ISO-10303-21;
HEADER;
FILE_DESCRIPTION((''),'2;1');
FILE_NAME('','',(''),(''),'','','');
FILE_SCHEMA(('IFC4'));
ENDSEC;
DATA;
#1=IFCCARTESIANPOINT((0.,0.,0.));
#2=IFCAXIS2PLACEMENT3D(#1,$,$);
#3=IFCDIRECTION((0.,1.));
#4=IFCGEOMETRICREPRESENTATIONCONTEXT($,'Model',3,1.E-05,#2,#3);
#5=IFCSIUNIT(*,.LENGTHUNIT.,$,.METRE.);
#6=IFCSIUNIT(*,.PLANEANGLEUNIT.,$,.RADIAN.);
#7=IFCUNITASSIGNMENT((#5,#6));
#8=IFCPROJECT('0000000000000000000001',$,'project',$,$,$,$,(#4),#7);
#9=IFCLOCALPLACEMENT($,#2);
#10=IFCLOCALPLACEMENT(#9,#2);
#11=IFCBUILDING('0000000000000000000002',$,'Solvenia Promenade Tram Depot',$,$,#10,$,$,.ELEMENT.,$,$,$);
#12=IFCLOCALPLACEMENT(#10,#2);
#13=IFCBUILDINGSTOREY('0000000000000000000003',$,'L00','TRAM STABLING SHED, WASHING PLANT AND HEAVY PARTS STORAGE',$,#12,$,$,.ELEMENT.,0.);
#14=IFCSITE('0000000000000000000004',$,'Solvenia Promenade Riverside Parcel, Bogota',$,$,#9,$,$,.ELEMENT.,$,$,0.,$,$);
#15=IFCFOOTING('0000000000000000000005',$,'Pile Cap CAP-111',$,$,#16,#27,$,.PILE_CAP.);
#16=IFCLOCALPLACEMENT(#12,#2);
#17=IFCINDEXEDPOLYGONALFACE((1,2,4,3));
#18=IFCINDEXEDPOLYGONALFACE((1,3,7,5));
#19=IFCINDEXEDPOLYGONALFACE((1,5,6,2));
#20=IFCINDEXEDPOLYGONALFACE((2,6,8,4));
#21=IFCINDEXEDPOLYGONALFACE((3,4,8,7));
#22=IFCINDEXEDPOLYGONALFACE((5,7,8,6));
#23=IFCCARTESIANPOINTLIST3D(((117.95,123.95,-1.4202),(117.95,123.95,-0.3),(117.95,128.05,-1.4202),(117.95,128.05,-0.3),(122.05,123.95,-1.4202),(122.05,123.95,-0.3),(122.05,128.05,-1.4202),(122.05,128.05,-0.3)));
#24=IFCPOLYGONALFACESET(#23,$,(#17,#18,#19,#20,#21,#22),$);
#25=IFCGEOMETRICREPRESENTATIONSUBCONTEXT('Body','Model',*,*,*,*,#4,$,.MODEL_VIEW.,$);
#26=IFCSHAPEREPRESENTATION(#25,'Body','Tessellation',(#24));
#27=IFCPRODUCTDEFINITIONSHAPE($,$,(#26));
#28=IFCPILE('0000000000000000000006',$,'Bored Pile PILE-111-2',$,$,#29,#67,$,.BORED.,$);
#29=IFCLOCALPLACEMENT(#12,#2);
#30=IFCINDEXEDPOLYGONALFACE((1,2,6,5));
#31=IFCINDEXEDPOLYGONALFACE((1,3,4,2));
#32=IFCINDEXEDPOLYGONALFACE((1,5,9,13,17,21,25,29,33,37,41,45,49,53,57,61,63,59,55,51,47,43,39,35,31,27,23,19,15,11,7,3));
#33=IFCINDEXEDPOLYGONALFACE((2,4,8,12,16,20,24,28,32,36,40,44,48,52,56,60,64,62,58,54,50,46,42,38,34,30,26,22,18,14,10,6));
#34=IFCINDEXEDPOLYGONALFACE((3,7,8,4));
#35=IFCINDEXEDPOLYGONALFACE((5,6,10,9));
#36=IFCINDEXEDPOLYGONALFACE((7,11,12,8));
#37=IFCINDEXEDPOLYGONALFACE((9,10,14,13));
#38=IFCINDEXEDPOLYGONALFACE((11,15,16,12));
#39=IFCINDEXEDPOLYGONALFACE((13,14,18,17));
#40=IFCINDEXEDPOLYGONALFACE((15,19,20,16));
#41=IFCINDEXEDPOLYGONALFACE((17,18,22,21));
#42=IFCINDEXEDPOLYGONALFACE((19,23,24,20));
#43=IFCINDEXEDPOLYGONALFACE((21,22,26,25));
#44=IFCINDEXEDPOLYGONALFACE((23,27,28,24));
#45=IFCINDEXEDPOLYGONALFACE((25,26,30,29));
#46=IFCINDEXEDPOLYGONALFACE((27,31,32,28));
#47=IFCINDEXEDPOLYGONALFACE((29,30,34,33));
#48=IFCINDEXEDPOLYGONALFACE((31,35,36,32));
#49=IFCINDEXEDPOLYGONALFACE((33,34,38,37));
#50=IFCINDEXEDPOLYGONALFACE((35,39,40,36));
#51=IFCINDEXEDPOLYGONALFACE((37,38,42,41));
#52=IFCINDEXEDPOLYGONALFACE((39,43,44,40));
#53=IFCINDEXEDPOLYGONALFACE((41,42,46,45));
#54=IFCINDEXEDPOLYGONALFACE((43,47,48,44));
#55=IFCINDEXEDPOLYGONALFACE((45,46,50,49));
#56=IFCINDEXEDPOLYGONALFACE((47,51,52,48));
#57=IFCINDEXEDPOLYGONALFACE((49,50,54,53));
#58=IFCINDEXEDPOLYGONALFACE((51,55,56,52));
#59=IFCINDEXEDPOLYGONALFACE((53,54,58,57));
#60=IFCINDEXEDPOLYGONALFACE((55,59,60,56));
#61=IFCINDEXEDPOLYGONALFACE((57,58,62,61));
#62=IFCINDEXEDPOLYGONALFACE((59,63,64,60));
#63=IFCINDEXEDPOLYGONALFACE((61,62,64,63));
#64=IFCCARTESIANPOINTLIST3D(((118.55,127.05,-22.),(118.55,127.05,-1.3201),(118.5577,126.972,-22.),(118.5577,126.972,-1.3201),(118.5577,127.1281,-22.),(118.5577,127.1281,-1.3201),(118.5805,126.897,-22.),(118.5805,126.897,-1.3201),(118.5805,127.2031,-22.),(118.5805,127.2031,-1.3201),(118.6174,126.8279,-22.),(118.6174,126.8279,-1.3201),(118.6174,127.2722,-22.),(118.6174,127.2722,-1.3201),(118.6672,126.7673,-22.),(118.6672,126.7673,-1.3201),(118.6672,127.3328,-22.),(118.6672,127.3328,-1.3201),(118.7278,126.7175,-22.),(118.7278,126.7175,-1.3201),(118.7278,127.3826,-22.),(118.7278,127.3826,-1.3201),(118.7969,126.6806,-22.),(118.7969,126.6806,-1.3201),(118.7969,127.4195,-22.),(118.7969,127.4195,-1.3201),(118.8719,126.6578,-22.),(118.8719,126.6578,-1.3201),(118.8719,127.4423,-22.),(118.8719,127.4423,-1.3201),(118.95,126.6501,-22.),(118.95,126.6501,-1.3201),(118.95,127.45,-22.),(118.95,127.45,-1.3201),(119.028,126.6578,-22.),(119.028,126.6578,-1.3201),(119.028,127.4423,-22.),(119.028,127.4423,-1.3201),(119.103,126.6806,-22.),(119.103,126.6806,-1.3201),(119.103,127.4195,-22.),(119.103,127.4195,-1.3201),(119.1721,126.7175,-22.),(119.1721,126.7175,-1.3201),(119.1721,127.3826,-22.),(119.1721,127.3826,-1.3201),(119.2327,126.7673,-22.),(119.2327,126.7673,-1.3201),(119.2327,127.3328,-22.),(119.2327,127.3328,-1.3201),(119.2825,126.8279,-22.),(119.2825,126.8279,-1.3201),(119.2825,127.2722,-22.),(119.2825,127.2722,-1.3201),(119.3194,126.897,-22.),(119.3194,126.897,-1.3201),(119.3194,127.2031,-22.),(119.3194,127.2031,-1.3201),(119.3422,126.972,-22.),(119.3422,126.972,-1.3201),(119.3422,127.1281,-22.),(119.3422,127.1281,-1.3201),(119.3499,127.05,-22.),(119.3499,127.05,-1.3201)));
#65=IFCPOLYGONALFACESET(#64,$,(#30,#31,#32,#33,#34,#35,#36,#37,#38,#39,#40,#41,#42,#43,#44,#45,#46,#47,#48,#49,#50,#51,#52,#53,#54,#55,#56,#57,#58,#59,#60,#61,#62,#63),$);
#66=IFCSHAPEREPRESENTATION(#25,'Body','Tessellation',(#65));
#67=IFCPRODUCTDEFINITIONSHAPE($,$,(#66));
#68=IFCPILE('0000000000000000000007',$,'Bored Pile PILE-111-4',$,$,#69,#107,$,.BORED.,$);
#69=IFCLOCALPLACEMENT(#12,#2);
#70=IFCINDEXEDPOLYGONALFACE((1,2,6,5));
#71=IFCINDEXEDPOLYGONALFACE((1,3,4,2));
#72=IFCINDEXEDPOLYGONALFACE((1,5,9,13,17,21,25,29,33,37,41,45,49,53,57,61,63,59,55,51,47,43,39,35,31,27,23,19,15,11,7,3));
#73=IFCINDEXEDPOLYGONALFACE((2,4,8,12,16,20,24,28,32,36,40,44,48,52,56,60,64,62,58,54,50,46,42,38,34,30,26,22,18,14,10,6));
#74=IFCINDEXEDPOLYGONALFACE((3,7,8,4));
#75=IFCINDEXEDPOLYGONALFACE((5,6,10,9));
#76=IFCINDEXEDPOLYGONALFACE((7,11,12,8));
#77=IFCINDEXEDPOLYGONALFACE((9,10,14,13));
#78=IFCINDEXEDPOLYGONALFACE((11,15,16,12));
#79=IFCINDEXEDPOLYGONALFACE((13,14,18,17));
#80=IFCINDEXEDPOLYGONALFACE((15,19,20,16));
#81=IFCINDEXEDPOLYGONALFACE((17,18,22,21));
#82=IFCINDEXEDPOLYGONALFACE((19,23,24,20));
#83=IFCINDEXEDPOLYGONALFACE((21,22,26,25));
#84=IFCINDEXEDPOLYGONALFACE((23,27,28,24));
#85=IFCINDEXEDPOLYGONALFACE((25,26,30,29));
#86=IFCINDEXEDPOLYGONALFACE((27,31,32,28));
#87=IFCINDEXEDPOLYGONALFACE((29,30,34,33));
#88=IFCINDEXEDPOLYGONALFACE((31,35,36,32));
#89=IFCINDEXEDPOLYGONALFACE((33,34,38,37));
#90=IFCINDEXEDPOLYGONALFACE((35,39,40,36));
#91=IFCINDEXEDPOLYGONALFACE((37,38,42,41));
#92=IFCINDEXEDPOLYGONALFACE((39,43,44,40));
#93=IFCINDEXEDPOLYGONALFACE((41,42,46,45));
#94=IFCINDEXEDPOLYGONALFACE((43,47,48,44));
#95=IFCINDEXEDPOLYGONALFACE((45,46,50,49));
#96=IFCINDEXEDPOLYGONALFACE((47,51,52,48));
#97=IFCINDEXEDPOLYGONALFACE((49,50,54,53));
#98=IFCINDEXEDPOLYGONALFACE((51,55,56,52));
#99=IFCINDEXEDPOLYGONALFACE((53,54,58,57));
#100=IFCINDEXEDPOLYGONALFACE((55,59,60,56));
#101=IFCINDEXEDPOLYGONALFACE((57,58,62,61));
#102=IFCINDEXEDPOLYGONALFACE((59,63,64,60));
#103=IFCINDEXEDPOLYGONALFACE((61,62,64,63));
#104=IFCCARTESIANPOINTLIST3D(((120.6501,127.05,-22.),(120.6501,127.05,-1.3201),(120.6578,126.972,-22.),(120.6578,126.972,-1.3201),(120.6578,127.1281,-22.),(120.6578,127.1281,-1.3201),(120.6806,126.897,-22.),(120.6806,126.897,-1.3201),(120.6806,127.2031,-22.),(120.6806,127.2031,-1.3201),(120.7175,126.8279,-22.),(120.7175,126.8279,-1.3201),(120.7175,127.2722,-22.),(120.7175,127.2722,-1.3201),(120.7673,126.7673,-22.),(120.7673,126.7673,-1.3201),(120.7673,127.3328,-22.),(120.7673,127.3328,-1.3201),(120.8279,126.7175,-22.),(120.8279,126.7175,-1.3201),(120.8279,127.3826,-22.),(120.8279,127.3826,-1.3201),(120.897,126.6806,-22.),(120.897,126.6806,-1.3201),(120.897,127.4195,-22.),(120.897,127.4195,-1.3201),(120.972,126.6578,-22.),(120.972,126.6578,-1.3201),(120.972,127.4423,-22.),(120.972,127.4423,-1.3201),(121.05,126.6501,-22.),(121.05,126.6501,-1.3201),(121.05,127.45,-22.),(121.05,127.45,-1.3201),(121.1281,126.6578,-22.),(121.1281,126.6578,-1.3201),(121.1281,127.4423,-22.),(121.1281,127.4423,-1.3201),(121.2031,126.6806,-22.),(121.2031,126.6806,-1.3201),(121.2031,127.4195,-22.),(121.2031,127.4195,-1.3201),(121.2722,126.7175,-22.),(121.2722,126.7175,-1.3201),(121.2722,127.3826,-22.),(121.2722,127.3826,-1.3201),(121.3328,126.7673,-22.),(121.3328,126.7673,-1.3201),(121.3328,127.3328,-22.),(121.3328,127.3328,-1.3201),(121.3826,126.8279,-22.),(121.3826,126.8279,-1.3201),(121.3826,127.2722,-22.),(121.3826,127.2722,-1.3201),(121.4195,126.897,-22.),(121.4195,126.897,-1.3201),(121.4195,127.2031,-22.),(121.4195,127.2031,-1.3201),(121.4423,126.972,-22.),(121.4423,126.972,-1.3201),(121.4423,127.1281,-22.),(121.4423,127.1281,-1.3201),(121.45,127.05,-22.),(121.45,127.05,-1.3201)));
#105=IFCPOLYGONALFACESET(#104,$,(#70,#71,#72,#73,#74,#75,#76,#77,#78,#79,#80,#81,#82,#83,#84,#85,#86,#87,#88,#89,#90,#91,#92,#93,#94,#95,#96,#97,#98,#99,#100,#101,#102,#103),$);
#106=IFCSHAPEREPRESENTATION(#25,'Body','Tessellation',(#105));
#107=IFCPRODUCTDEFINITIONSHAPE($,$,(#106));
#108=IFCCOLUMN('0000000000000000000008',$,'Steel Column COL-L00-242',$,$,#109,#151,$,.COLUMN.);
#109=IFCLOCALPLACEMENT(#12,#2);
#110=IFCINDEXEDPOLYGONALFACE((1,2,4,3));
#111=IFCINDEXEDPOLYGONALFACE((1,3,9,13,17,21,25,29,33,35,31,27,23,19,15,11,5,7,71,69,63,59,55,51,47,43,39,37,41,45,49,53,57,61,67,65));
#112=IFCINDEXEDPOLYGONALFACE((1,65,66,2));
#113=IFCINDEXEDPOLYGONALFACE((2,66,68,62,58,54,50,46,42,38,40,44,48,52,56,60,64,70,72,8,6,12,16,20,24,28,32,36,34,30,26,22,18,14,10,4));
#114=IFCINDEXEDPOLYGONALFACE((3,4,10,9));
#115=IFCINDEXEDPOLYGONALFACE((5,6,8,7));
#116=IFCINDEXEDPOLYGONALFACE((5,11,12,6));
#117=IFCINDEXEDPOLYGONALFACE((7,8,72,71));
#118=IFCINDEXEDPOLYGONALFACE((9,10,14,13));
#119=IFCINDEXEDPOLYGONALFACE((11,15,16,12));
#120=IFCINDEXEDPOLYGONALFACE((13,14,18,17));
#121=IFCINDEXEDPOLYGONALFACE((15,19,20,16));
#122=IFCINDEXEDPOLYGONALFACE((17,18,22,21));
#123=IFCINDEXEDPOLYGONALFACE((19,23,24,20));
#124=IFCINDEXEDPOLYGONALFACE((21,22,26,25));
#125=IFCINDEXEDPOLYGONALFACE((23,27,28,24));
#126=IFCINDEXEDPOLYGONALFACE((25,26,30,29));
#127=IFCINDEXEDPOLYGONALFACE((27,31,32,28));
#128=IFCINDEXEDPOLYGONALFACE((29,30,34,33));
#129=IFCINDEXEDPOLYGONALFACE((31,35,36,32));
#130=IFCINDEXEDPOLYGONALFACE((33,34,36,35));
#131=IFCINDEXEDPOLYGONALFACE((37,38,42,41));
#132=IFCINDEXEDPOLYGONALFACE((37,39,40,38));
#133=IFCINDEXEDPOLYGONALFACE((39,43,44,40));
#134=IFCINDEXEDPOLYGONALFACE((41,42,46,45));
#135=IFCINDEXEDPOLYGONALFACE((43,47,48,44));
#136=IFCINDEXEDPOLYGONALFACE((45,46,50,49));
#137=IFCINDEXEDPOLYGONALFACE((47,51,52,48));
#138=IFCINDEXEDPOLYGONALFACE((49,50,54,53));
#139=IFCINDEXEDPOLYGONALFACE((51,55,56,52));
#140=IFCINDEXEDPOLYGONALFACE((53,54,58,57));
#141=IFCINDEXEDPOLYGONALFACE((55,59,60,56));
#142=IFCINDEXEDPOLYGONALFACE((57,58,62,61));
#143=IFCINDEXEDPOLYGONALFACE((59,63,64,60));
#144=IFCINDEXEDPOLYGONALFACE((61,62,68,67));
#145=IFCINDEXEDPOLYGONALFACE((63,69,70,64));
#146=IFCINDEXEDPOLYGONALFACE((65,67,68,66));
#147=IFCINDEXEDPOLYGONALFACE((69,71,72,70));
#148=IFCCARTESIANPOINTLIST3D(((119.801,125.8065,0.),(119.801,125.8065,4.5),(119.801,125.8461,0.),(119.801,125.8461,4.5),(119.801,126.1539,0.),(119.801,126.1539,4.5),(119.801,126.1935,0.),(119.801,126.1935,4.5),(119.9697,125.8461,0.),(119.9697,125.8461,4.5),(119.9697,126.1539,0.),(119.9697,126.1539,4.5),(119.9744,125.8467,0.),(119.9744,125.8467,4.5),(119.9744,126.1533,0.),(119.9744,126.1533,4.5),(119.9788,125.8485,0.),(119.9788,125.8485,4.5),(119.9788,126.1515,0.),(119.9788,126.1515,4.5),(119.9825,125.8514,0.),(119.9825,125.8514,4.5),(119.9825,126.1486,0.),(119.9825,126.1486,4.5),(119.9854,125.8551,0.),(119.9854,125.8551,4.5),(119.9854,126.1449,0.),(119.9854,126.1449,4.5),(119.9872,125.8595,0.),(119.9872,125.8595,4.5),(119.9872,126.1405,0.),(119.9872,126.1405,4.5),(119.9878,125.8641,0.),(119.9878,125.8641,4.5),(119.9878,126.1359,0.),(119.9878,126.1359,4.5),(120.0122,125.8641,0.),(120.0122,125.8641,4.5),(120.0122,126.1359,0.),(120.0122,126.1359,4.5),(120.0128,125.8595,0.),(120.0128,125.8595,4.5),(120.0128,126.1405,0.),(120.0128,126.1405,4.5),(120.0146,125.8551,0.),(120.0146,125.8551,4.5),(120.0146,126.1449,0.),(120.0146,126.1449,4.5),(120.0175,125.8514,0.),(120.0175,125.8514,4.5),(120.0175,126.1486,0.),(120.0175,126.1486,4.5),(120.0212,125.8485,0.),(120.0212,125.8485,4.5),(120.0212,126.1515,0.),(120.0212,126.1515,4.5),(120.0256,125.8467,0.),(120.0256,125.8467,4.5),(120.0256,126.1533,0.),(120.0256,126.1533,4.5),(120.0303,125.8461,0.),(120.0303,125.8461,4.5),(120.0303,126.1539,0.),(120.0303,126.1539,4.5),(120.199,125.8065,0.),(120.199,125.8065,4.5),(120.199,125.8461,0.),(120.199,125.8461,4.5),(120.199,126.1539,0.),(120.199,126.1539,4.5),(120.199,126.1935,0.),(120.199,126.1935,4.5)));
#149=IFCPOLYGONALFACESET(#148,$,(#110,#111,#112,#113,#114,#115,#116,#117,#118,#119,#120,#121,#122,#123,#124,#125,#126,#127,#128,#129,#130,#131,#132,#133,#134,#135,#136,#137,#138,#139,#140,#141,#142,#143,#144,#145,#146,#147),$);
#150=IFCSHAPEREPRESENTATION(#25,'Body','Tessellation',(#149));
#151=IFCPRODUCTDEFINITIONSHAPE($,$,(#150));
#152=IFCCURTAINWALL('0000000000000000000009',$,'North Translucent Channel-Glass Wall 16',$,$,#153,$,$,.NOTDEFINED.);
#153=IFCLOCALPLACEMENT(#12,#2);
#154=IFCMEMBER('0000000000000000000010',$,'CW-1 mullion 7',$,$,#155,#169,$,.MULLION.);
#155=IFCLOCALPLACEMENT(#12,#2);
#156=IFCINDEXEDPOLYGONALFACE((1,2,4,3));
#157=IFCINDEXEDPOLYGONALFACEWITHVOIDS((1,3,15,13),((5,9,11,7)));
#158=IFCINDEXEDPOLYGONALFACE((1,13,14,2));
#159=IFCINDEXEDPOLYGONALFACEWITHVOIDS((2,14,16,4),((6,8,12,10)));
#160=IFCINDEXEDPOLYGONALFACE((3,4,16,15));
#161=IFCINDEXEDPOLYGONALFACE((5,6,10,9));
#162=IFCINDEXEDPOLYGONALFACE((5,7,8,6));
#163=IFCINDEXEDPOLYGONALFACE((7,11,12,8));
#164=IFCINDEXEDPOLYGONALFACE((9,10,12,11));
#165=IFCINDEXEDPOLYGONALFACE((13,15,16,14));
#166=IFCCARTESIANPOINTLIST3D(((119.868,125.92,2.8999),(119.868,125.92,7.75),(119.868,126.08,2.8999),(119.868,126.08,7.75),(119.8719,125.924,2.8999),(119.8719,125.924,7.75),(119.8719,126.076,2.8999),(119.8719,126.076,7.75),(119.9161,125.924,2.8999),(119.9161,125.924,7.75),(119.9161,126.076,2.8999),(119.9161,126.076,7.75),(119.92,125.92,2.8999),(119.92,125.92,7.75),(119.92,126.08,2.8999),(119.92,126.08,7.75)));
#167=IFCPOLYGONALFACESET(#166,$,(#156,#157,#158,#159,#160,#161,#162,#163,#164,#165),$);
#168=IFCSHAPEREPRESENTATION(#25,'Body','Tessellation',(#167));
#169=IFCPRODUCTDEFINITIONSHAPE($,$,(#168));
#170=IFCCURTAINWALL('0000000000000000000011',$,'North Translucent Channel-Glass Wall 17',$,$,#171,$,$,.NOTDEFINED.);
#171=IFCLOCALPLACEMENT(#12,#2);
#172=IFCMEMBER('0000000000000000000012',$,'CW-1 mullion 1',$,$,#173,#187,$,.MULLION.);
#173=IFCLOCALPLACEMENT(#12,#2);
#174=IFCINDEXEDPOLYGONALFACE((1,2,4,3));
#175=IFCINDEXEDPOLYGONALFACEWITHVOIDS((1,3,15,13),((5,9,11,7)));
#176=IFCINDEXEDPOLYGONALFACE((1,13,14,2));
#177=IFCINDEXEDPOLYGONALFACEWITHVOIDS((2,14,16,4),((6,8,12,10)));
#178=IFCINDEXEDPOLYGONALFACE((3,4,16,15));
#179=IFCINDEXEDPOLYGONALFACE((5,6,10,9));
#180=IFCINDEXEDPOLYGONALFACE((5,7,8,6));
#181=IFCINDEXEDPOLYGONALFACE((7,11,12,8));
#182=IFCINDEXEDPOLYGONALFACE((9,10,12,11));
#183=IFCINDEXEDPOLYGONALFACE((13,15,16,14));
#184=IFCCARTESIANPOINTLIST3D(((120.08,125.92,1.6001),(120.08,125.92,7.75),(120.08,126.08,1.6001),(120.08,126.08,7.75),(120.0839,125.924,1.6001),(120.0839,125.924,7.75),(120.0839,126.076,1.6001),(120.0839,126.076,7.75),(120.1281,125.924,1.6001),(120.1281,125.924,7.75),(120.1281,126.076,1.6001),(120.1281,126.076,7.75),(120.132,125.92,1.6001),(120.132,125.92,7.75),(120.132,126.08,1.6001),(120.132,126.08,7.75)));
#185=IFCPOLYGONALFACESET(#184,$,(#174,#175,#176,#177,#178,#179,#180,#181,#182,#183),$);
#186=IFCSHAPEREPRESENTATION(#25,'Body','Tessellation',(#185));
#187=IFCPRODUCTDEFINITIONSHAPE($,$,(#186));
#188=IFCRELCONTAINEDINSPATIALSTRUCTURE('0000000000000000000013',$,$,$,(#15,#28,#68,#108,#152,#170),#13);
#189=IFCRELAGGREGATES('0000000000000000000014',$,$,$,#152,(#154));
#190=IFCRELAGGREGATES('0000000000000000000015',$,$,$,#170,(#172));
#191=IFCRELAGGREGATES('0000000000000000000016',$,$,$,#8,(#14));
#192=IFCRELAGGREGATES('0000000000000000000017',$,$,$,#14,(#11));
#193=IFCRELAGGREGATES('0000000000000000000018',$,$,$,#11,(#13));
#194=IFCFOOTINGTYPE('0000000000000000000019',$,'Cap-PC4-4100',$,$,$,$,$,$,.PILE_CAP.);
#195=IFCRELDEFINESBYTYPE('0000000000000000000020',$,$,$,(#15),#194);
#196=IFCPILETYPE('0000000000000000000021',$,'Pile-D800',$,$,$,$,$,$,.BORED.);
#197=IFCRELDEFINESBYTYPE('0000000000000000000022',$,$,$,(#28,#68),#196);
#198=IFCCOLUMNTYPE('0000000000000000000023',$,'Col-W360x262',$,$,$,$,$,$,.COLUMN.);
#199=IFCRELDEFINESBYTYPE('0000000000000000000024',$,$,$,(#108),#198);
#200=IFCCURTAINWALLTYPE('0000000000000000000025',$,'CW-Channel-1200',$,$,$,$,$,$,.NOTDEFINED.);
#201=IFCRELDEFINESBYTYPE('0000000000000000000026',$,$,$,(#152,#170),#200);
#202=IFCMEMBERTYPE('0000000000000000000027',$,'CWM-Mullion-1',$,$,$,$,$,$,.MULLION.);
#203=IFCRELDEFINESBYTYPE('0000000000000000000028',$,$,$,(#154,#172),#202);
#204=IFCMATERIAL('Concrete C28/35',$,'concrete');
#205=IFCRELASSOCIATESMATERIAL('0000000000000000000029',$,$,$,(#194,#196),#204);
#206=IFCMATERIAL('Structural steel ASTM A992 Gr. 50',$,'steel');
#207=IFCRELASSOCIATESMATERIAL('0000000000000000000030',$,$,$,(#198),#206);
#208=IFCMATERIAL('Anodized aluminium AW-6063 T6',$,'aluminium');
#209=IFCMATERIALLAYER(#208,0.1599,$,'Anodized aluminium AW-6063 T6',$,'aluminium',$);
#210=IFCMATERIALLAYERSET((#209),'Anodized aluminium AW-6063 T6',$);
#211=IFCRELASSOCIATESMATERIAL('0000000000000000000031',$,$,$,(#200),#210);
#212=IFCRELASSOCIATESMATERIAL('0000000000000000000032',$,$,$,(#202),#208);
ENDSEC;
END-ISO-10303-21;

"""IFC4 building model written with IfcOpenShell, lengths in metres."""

from ifc_helpers import new_model, si_unit, direction, frame, origin, origin_2d, place, context, subcontext, project, spatial, rectangle, hollow_rectangle, circle, i_section, extrude, material, layer, layer_set, material_profile, profile_set, type_object, element, aggregate, save


model = new_model("IFC4")

# Units and contexts
model_context = context("Model", 3, precision=1e-05, world=origin(), true_north=direction((0.0, 1.0)))
body_context = subcontext(model_context, "Body", "Model", "MODEL_VIEW")
ifc_project = project(units=[si_unit("LENGTHUNIT", "METRE"), si_unit("PLANEANGLEUNIT", "RADIAN")], contexts=[model_context])

# Site, building, storey
site_placement = place(None, origin())
site = spatial("IfcSite", under=ifc_project, at=site_placement, Name="Solvenia Promenade Riverside Parcel, Bogota", CompositionType="ELEMENT", RefElevation=0.0)
building_placement = place(site_placement, origin())
building = spatial("IfcBuilding", under=site, at=building_placement, Name="Solvenia Promenade Tram Depot", CompositionType="ELEMENT")
storey_placement = place(building_placement, origin())
storey = spatial("IfcBuildingStorey", under=building, at=storey_placement, Name="L00", Description="TRAM STABLING SHED, WASHING PLANT AND HEAVY PARTS STORAGE", CompositionType="ELEMENT", Elevation=0.0)

# Footing
ifc_material_1 = material(Name="Concrete C28/35", Category="concrete")
footing_type = type_object("IfcFootingType", Name="Cap-PC4-4100", PredefinedType="PILE_CAP", material=ifc_material_1)
footing_placement = place(storey_placement, frame((120.0, 126.0, -1.4202), z_axis=(0.0, 0.0, 1.0), x_axis=(1.0, 0.0, 0.0)))
element("IfcFooting", 1, at=footing_placement, inside=storey, type_object=footing_type, Name="Pile Cap CAP-111", PredefinedType="PILE_CAP", context=body_context, shape_type="SweptSolid", body=[
    extrude(rectangle(XDim=4.1001, YDim=4.1001, at=origin_2d()), origin(), (0.0, 0.0, 1.0), 1.1201),
])

# Piles
ifc_material_profile_1 = material_profile(ifc_material_1, circle(Radius=0.3999, at=origin_2d()), Name="D800", Category="concrete")
ifc_profile_set_1 = profile_set([ifc_material_profile_1], Name="Concrete C28/35")
pile_type = type_object("IfcPileType", Name="Pile-D800", PredefinedType="BORED", material=ifc_profile_set_1)
for number, where, z_axis, x_axis, name in (
    (2, (118.95, 127.05, -1.3201), (0.0, 0.0, -1.0), (1.0, 0.0, 0.0), "Bored Pile PILE-111-2"),
    (3, (121.05, 127.05, -1.3201), (0.0, 0.0, -1.0), (1.0, 0.0, 0.0), "Bored Pile PILE-111-4"),
):
    element("IfcPile", number, at=place(storey_placement, frame(where, z_axis=z_axis, x_axis=x_axis)), inside=storey, type_object=pile_type, Name=name, PredefinedType="BORED", context=body_context, shape_type="SweptSolid", body=[
        extrude(circle(Radius=0.3999, at=origin_2d()), origin(), (0.0, 0.0, 1.0), 20.6799),
    ])

# Column
ifc_material_2 = material(Name="Structural steel ASTM A992 Gr. 50", Category="steel")
ifc_material_profile_2 = material_profile(ifc_material_2, i_section(OverallWidth=0.3979, OverallDepth=0.387, WebThickness=0.0244, FlangeThickness=0.0396, FilletRadius=0.0181, at=origin_2d()), Name="W360x262", Category="steel")
ifc_profile_set_2 = profile_set([ifc_material_profile_2], Name="Structural steel ASTM A992 Gr. 50")
column_type = type_object("IfcColumnType", Name="Col-W360x262", PredefinedType="COLUMN", material=ifc_profile_set_2)
column_placement = place(storey_placement, frame((120.0, 126.0, 0.0), z_axis=(0.0, 0.0, 1.0), x_axis=(1.0, 0.0, 0.0)))
element("IfcColumn", 4, at=column_placement, inside=storey, type_object=column_type, Name="Steel Column COL-L00-242", PredefinedType="COLUMN", context=body_context, shape_type="SweptSolid", body=[
    extrude(i_section(OverallWidth=0.3979, OverallDepth=0.387, WebThickness=0.0244, FlangeThickness=0.0396, FilletRadius=0.0181, at=origin_2d()), origin(), (0.0, 0.0, 1.0), 4.5),
])

# Curtain wall, member
ifc_material_3 = material(Name="Anodized aluminium AW-6063 T6", Category="aluminium")
ifc_layer_1 = layer(ifc_material_3, 0.1599, Name="Anodized aluminium AW-6063 T6", Category="aluminium")
ifc_layer_set_1 = layer_set([ifc_layer_1], Name="Anodized aluminium AW-6063 T6")
curtain_wall_type = type_object("IfcCurtainWallType", Name="CW-Channel-1200", PredefinedType="NOTDEFINED", material=ifc_layer_set_1)
curtain_wall_1_placement = place(storey_placement, origin())
curtain_wall_1 = element("IfcCurtainWall", 5, at=curtain_wall_1_placement, inside=storey, type_object=curtain_wall_type, Name="North Translucent Channel-Glass Wall 16", PredefinedType="NOTDEFINED")
ifc_material_profile_3 = material_profile(ifc_material_3, hollow_rectangle(XDim=0.1599, YDim=0.052, WallThickness=0.0039, at=origin_2d()), Name="ALU-M1", Category="aluminium")
ifc_profile_set_3 = profile_set([ifc_material_profile_3], Name="Anodized aluminium AW-6063 T6")
member_type_1 = type_object("IfcMemberType", Name="CWM-Mullion-1", PredefinedType="MULLION", material=ifc_profile_set_3)
member_1_placement = place(storey_placement, frame((119.894, 126.0, 2.8999), z_axis=(0.0, 0.0, 1.0), x_axis=(0.0, 1.0, 0.0)))
member_1 = element("IfcMember", 6, at=member_1_placement, type_object=member_type_1, Name="CW-1 mullion 7", PredefinedType="MULLION", context=body_context, shape_type="SweptSolid", body=[
    extrude(hollow_rectangle(XDim=0.1599, YDim=0.052, WallThickness=0.0039, at=origin_2d()), origin(), (0.0, 0.0, 1.0), 4.8501),
])

# Curtain wall, member
curtain_wall_2_placement = place(storey_placement, origin())
curtain_wall_2 = element("IfcCurtainWall", 7, at=curtain_wall_2_placement, inside=storey, type_object=curtain_wall_type, Name="North Translucent Channel-Glass Wall 17", PredefinedType="NOTDEFINED")
member_2_placement = place(storey_placement, frame((120.106, 126.0, 1.6001), z_axis=(0.0, 0.0, 1.0), x_axis=(0.0, 1.0, 0.0)))
member_2 = element("IfcMember", 8, at=member_2_placement, type_object=member_type_1, Name="CW-1 mullion 1", PredefinedType="MULLION", context=body_context, shape_type="SweptSolid", body=[
    extrude(hollow_rectangle(XDim=0.1599, YDim=0.052, WallThickness=0.0039, at=origin_2d()), origin(), (0.0, 0.0, 1.0), 6.1499),
])

aggregate(curtain_wall_1, [member_1])
aggregate(curtain_wall_2, [member_2])

save(model, "model.ifc")
